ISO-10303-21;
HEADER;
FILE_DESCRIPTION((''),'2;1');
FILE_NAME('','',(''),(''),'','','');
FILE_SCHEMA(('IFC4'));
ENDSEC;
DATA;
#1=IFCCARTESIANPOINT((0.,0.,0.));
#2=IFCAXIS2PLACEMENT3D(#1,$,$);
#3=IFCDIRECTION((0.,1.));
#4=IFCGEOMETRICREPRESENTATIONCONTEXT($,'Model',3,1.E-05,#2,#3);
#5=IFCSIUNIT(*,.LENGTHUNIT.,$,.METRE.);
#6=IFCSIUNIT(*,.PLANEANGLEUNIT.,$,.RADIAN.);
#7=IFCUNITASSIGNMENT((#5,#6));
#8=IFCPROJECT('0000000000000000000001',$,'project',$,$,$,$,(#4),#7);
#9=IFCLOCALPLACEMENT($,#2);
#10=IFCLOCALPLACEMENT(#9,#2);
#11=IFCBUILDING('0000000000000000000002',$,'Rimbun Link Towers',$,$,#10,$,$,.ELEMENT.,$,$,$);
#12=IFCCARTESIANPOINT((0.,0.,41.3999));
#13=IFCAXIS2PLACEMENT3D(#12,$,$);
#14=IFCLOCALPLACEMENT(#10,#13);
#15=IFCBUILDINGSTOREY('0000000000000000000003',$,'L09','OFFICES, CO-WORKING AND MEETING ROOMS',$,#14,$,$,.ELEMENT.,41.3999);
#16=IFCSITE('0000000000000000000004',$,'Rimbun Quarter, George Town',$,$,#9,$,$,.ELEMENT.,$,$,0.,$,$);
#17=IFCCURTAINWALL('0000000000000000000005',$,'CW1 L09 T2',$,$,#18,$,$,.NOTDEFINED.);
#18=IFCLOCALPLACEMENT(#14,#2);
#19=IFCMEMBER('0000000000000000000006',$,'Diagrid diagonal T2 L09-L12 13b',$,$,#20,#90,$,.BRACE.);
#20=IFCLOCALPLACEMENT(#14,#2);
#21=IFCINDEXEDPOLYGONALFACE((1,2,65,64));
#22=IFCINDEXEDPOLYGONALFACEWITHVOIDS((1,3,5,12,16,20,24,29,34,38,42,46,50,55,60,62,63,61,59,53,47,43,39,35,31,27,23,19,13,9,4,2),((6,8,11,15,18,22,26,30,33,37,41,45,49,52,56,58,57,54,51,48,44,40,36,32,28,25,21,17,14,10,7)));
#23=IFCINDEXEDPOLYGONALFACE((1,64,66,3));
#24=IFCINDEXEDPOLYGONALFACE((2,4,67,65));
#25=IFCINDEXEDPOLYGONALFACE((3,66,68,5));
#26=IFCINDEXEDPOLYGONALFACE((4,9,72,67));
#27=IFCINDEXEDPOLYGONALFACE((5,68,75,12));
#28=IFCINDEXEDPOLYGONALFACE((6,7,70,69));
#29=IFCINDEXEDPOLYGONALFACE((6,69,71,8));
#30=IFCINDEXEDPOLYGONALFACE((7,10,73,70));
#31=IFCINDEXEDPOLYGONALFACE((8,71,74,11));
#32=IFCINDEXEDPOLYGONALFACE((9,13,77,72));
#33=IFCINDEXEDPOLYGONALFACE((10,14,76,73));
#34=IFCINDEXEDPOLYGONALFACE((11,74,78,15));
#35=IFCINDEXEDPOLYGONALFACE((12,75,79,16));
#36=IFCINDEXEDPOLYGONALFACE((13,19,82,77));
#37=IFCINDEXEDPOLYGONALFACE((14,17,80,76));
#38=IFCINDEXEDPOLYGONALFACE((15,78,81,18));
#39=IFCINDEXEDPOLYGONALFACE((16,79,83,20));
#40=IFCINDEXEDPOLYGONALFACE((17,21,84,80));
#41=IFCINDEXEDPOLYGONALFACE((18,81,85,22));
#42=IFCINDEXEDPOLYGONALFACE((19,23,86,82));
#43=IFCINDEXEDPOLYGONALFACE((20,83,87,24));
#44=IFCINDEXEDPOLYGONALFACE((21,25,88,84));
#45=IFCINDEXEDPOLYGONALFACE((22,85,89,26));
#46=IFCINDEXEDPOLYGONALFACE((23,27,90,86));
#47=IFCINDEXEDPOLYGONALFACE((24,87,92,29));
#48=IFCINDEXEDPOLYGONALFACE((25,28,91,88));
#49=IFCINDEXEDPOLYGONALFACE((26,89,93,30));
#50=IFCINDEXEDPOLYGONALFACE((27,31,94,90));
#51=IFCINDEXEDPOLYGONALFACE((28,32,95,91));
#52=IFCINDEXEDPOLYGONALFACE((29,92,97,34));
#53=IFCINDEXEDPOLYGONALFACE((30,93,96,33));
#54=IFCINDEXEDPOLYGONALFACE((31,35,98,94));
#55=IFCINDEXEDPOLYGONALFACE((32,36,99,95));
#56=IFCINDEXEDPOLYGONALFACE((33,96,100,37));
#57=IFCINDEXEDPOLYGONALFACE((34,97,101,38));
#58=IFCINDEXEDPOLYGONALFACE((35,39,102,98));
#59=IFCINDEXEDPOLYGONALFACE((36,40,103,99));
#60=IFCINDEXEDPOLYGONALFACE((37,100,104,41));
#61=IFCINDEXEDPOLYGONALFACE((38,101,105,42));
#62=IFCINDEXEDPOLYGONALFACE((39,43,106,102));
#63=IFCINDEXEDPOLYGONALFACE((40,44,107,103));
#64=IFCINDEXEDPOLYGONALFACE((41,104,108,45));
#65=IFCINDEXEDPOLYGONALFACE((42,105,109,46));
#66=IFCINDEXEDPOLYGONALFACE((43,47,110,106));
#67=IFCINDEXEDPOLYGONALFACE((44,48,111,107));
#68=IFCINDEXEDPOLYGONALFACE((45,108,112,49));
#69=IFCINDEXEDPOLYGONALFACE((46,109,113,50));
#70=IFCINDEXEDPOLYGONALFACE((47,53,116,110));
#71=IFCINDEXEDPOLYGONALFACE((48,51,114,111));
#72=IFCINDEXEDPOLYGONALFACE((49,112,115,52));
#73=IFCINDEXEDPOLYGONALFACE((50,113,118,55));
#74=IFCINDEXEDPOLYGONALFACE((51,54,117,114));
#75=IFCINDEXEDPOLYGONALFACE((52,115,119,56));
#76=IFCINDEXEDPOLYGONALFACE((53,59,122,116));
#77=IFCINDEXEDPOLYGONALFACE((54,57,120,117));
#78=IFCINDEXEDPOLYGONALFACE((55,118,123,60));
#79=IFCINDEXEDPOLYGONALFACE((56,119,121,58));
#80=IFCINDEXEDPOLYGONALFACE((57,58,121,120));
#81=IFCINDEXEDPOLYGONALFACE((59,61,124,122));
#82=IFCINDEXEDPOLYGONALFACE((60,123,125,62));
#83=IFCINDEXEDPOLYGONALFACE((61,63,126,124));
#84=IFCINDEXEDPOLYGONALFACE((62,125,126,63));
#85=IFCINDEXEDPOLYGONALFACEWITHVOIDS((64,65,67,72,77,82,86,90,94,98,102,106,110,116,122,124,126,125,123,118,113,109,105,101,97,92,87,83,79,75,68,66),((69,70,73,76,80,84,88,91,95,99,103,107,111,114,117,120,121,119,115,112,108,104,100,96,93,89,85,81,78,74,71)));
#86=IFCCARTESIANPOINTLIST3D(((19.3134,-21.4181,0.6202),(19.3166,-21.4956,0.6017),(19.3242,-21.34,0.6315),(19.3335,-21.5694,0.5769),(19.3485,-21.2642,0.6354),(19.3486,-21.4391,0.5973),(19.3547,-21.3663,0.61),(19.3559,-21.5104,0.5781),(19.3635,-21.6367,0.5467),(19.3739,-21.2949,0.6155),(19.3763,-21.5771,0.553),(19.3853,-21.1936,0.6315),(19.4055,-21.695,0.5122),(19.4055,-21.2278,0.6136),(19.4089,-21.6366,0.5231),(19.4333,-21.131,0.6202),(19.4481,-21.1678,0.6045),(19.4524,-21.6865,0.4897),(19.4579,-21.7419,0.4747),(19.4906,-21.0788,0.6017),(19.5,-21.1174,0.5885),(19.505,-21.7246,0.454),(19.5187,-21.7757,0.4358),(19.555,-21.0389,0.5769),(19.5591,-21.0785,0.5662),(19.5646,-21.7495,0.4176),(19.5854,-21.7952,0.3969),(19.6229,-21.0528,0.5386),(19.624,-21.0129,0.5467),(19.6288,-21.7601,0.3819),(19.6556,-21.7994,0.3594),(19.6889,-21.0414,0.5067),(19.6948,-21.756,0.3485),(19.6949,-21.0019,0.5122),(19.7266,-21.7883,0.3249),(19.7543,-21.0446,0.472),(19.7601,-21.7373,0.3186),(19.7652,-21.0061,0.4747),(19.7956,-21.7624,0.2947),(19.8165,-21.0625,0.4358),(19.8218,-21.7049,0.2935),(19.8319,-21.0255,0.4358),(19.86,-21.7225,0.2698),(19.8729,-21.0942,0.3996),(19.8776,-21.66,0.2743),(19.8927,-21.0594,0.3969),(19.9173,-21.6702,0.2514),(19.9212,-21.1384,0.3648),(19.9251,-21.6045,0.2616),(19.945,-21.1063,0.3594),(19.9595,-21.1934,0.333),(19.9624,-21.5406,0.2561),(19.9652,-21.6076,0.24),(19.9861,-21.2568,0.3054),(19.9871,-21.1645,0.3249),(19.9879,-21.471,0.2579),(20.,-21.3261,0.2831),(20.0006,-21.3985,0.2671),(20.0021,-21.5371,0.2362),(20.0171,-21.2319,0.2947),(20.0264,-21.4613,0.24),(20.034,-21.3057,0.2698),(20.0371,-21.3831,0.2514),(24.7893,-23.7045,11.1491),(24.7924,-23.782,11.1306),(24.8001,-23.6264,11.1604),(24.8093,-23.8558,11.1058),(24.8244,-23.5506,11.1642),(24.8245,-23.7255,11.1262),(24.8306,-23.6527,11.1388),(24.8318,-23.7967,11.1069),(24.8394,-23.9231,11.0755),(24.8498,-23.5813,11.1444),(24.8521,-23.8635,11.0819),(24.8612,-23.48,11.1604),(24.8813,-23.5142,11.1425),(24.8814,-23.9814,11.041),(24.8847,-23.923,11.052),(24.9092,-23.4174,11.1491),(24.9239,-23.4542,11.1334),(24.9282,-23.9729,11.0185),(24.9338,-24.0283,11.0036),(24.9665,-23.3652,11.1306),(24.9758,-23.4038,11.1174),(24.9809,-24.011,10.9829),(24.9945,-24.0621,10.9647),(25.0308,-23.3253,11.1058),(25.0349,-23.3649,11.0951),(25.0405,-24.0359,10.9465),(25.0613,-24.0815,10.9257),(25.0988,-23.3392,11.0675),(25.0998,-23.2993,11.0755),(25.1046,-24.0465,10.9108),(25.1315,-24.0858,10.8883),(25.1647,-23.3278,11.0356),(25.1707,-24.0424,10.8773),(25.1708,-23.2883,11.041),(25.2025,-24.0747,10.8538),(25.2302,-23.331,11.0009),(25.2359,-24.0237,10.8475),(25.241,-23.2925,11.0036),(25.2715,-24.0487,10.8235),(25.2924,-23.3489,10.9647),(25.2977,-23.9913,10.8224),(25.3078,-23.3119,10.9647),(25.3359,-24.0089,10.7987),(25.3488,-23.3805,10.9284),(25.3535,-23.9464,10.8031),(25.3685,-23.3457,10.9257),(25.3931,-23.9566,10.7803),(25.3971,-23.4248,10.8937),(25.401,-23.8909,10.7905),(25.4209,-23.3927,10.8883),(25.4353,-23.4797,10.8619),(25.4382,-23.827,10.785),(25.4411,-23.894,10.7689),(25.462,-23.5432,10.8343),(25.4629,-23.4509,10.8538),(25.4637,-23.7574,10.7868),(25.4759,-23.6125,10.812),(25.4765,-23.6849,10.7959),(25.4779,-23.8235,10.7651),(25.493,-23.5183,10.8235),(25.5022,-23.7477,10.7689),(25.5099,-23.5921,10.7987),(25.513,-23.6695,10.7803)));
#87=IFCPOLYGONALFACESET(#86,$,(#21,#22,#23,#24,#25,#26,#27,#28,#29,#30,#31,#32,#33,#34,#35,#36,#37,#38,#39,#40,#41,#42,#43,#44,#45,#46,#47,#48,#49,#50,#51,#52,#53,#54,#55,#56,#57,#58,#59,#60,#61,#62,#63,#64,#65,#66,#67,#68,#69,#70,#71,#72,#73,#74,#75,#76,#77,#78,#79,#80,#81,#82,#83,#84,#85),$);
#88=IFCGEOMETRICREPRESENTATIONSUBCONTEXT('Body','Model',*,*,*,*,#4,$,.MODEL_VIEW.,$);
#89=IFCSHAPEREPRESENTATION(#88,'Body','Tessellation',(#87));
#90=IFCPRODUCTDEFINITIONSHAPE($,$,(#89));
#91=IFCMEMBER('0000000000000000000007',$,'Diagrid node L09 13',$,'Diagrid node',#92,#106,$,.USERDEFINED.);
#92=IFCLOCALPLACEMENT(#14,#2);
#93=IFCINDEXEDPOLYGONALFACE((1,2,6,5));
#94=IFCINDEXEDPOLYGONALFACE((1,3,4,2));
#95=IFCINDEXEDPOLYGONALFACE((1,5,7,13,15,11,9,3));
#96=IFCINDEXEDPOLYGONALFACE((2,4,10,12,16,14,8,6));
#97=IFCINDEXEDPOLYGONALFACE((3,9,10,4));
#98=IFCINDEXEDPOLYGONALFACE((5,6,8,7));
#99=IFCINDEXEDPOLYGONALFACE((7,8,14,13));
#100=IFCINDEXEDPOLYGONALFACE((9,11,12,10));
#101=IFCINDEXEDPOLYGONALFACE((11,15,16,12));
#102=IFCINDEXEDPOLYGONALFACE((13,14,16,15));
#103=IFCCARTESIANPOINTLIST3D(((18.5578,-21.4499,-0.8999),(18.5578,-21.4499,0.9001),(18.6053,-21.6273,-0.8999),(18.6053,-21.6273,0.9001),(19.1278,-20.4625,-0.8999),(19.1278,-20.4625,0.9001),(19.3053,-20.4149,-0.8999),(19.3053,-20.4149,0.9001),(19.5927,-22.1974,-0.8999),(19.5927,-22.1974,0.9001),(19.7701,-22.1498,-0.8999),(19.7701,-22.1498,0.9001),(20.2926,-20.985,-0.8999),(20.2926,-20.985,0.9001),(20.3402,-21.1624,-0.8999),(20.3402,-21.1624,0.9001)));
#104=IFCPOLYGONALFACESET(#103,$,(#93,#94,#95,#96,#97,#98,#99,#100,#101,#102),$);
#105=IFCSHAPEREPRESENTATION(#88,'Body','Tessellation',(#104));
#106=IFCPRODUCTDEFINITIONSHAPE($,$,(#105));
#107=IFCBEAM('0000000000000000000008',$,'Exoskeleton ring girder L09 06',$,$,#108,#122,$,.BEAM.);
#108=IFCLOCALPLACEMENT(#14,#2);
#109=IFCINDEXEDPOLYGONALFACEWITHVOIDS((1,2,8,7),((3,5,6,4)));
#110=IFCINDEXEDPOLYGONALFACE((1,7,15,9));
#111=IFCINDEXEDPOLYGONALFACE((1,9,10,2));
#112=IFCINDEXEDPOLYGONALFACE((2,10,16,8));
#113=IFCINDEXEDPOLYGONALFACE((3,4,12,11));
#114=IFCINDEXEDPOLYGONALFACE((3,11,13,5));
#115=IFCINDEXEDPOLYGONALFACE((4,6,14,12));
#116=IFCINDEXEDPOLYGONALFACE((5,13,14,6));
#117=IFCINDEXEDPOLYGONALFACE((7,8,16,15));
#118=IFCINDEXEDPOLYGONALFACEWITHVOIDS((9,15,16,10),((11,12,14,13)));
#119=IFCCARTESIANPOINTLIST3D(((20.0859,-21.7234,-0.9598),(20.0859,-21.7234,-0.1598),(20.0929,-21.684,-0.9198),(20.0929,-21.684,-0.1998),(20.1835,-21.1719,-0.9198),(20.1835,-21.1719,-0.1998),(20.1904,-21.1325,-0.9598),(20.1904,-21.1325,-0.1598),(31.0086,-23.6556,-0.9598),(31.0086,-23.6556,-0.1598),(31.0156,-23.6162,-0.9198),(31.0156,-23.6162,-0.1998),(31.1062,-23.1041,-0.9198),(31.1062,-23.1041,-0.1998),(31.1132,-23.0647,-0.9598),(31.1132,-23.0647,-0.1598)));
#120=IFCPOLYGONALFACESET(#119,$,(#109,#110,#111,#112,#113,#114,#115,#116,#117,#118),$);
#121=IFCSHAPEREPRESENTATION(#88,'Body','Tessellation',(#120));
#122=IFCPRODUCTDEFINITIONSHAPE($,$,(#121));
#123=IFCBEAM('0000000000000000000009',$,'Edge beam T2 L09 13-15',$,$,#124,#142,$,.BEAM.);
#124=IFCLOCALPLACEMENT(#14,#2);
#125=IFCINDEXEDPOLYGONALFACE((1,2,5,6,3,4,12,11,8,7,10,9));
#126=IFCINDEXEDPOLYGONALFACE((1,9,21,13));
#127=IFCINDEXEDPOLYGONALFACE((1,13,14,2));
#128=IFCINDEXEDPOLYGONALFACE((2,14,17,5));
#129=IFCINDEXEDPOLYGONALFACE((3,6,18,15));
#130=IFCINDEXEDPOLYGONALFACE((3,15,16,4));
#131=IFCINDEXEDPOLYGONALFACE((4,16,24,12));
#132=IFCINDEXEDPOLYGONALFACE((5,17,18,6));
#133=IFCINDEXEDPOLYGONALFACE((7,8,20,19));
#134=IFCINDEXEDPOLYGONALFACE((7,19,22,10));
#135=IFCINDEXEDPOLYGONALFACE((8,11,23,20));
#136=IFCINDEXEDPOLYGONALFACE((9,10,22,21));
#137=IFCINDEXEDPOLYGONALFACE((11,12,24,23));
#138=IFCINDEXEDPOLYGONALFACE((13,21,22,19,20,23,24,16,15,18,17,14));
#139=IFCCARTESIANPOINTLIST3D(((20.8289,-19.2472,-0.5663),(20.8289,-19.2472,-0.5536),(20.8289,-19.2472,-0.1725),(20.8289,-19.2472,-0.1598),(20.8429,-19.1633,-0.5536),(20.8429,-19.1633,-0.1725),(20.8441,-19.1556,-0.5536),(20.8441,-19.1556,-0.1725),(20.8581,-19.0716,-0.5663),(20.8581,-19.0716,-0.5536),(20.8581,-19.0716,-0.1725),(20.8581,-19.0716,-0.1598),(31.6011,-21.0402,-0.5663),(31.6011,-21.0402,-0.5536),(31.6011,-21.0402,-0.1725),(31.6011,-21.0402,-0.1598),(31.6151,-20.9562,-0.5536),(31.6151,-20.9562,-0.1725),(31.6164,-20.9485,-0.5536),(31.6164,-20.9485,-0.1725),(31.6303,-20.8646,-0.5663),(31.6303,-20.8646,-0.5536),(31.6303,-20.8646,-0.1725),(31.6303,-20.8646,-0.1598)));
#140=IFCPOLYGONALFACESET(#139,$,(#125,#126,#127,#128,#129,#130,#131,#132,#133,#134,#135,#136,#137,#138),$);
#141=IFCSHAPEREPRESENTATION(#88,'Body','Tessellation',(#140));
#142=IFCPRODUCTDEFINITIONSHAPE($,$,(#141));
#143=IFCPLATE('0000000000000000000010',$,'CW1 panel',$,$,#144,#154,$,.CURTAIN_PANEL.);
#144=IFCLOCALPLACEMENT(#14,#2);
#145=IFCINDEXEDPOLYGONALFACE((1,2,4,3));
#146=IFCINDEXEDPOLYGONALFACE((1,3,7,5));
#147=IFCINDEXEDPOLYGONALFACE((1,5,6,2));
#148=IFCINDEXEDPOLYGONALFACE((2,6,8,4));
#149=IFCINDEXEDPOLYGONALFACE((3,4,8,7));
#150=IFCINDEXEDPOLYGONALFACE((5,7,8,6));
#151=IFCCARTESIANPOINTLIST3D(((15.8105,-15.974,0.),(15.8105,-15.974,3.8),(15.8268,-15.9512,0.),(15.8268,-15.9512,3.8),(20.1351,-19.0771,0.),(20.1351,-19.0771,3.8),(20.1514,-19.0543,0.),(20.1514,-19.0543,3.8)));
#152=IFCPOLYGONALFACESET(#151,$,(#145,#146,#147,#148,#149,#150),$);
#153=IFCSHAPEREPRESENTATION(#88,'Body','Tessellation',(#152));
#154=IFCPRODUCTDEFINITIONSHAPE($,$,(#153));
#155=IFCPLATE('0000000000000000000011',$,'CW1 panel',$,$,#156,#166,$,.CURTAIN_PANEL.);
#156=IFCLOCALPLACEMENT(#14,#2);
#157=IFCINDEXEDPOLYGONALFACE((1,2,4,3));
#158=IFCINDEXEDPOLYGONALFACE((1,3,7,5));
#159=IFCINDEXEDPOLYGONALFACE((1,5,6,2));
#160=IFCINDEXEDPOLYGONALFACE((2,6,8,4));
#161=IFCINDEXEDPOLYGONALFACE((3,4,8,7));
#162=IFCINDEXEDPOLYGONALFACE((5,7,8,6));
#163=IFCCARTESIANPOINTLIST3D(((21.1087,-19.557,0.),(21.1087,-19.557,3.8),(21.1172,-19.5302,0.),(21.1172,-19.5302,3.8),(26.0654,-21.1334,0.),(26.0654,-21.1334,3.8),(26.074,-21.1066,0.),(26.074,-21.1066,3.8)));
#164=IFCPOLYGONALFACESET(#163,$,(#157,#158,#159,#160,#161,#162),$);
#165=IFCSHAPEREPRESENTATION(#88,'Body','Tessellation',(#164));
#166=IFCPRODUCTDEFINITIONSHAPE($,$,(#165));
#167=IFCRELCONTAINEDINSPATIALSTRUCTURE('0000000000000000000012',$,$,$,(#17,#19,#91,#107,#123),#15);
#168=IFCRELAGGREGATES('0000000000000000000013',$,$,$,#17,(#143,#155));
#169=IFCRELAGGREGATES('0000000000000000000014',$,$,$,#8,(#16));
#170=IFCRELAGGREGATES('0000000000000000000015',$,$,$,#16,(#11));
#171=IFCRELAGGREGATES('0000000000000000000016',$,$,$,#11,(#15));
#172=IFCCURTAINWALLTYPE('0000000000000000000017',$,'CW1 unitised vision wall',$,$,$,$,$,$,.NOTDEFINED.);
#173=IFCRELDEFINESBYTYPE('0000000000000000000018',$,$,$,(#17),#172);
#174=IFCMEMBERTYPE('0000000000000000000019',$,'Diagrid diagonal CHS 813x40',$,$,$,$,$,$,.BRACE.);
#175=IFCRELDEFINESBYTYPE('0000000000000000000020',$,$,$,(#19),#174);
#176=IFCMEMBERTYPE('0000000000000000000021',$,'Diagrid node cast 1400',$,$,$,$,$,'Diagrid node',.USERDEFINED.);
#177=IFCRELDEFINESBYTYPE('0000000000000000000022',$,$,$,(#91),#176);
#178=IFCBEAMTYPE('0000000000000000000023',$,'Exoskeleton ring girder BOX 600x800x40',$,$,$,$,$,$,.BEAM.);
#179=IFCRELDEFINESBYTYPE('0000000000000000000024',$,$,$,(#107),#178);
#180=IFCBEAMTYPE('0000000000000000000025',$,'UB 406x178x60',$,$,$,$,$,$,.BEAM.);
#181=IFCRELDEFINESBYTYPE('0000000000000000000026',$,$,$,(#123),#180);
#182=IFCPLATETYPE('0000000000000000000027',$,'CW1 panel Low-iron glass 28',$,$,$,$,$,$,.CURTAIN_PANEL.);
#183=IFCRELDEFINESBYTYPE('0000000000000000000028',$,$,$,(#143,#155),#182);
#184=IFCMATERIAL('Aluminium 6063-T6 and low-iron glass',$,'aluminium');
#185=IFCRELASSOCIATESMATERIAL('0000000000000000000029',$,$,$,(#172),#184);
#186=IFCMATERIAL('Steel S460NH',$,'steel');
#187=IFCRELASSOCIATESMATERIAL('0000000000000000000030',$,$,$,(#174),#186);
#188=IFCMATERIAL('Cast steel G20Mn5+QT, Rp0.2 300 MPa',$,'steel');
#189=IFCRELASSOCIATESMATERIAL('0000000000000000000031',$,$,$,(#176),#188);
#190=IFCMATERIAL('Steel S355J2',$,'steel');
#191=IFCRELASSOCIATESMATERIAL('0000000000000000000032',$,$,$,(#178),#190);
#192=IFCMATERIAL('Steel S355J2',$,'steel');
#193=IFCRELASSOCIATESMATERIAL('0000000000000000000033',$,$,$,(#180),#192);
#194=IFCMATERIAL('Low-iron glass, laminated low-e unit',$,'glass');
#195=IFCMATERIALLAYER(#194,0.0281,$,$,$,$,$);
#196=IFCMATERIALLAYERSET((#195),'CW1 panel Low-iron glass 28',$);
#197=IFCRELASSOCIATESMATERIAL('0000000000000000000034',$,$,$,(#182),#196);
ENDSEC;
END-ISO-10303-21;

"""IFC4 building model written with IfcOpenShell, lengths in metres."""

from ifc_helpers import new_model, si_unit, direction, frame, origin, origin_2d, place, context, subcontext, project, spatial, polyline, rectangle, hollow_rectangle, hollow_circle, i_section, outline, extrude, material, layer, layer_set, material_profile, profile_set, type_object, element, aggregate, save


model = new_model("IFC4")

# Units and contexts
model_context = context("Model", 3, precision=1e-05, world=origin(), true_north=direction((0.0, 1.0)))
body_context = subcontext(model_context, "Body", "Model", "MODEL_VIEW")
ifc_project = project(units=[si_unit("LENGTHUNIT", "METRE"), si_unit("PLANEANGLEUNIT", "RADIAN")], contexts=[model_context])

# Site, building, storey
site_placement = place(None, origin())
site = spatial("IfcSite", under=ifc_project, at=site_placement, Name="Rimbun Quarter, George Town", CompositionType="ELEMENT", RefElevation=0.0)
building_placement = place(site_placement, origin())
building = spatial("IfcBuilding", under=site, at=building_placement, Name="Rimbun Link Towers", CompositionType="ELEMENT")
storey_placement = place(building_placement, frame((0.0, 0.0, 41.3999)))
storey = spatial("IfcBuildingStorey", under=building, at=storey_placement, Name="L09", Description="OFFICES, CO-WORKING AND MEETING ROOMS", CompositionType="ELEMENT", Elevation=41.3999)

# Curtain wall
ifc_material_1 = material(Name="Aluminium 6063-T6 and low-iron glass", Category="aluminium")
curtain_wall_type = type_object("IfcCurtainWallType", Name="CW1 unitised vision wall", PredefinedType="NOTDEFINED", material=ifc_material_1)
curtain_wall_placement = place(storey_placement, origin())
curtain_wall = element("IfcCurtainWall", 1, at=curtain_wall_placement, inside=storey, type_object=curtain_wall_type, Name="CW1 L09 T2", PredefinedType="NOTDEFINED")

# Members
ifc_material_2 = material(Name="Steel S460NH", Category="steel")
ifc_material_profile_1 = material_profile(ifc_material_2, hollow_circle(Radius=0.4065, WallThickness=0.04, at=origin_2d()), Name="Diagrid diagonal CHS 813x40")
ifc_profile_set_1 = profile_set([ifc_material_profile_1], Name="Steel S460NH")
member_type_1 = type_object("IfcMemberType", Name="Diagrid diagonal CHS 813x40", PredefinedType="BRACE", material=ifc_profile_set_1)
member_1_placement = place(storey_placement, frame((19.6753, -21.4006, 0.4358), z_axis=(0.453077, -0.189178, 0.871167), x_axis=(0.385302, 0.922791, 0.0)))
element("IfcMember", 2, at=member_1_placement, inside=storey, type_object=member_type_1, Name="Diagrid diagonal T2 L09-L12 13b", PredefinedType="BRACE", context=body_context, shape_type="SweptSolid", body=[
    extrude(hollow_circle(Radius=0.4065, WallThickness=0.04, at=origin_2d()), origin(), (0.0, 0.0, 1.0), 12.0859),
])
ifc_material_3 = material(Name="Cast steel G20Mn5+QT, Rp0.2 300 MPa", Category="steel")
ifc_material_profile_2 = material_profile(ifc_material_3, outline(polyline([(0.7, -0.5701), (0.7, 0.5701), (0.5701, 0.7), (-0.5701, 0.7), (-0.7, 0.5701), (-0.7, -0.5701), (-0.5701, -0.7), (0.5701, -0.7), (0.7, -0.5701)])), Name="NODE 1400x1400")
ifc_profile_set_2 = profile_set([ifc_material_profile_2], Name="Cast steel G20Mn5+QT, Rp0.2 300 MPa")
member_type_2 = type_object("IfcMemberType", Name="Diagrid node cast 1400", ElementType="Diagrid node", PredefinedType="USERDEFINED", material=ifc_profile_set_2)
member_2_placement = place(storey_placement, frame((19.449, -21.3062, -0.8999), z_axis=(0.0, 0.0, 1.0), x_axis=(-0.5, -0.866025, 0.0)))
element("IfcMember", 3, at=member_2_placement, inside=storey, type_object=member_type_2, Name="Diagrid node L09 13", ObjectType="Diagrid node", PredefinedType="USERDEFINED", context=body_context, shape_type="SweptSolid", body=[
    extrude(outline(polyline([(0.7, -0.5701), (0.7, 0.5701), (0.5701, 0.7), (-0.5701, 0.7), (-0.7, 0.5701), (-0.7, -0.5701), (-0.5701, -0.7), (0.5701, -0.7), (0.7, -0.5701)])), origin(), (0.0, 0.0, 1.0), 1.8),
])

# Beams
ifc_material_4 = material(Name="Steel S355J2", Category="steel")
ifc_material_profile_3 = material_profile(ifc_material_4, hollow_rectangle(XDim=0.6001, YDim=0.8, WallThickness=0.04, at=origin_2d()), Name="Exoskeleton ring girder BOX 600x800x40")
ifc_profile_set_3 = profile_set([ifc_material_profile_3], Name="Steel S355J2")
beam_type_1 = type_object("IfcBeamType", Name="Exoskeleton ring girder BOX 600x800x40", PredefinedType="BEAM", material=ifc_profile_set_3)
beam_1_placement = place(storey_placement, frame((20.1382, -21.428, -0.5598), z_axis=(0.984712, -0.174188, 0.0), x_axis=(0.174188, 0.984712, 0.0)))
element("IfcBeam", 4, at=beam_1_placement, inside=storey, type_object=beam_type_1, Name="Exoskeleton ring girder L09 06", PredefinedType="BEAM", context=body_context, shape_type="SweptSolid", body=[
    extrude(hollow_rectangle(XDim=0.6001, YDim=0.8, WallThickness=0.04, at=origin_2d()), origin(), (0.0, 0.0, 1.0), 11.0923),
])
ifc_material_5 = material(Name="Steel S355J2", Category="steel")
ifc_material_profile_4 = material_profile(ifc_material_5, i_section(OverallWidth=0.178, OverallDepth=0.4065, WebThickness=0.0078, FlangeThickness=0.0127, at=origin_2d()), Name="UB 406x178x60")
ifc_profile_set_4 = profile_set([ifc_material_profile_4], Name="Steel S355J2")
beam_type_2 = type_object("IfcBeamType", Name="UB 406x178x60", PredefinedType="BEAM", material=ifc_profile_set_4)
beam_2_placement = place(storey_placement, frame((20.8435, -19.1594, -0.363), z_axis=(0.98643, -0.164185, 0.0), x_axis=(0.164185, 0.98643, 0.0)))
element("IfcBeam", 5, at=beam_2_placement, inside=storey, type_object=beam_type_2, Name="Edge beam T2 L09 13-15", PredefinedType="BEAM", context=body_context, shape_type="SweptSolid", body=[
    extrude(i_section(OverallWidth=0.178, OverallDepth=0.4065, WebThickness=0.0078, FlangeThickness=0.0127, at=origin_2d()), origin(), (0.0, 0.0, 1.0), 10.9204),
])

# Plates
ifc_material_6 = material(Name="Low-iron glass, laminated low-e unit", Category="glass")
ifc_layer = layer(ifc_material_6, 0.0281)
ifc_layer_set = layer_set([ifc_layer], Name="CW1 panel Low-iron glass 28")
plate_type = type_object("IfcPlateType", Name="CW1 panel Low-iron glass 28", PredefinedType="CURTAIN_PANEL", material=ifc_layer_set)
plate_1_placement = place(storey_placement, frame((17.981, -17.5142, 0.0), z_axis=(0.0, 0.0, 1.0), x_axis=(-0.812475, 0.582996, 0.0)))
plate_1 = element("IfcPlate", 6, at=plate_1_placement, type_object=plate_type, Name="CW1 panel", PredefinedType="CURTAIN_PANEL", context=body_context, shape_type="SweptSolid", body=[
    extrude(rectangle(XDim=5.3228, YDim=0.0281, at=origin_2d()), origin(), (0.0, 0.0, 1.0), 3.8),
])
plate_2_placement = place(storey_placement, frame((23.5913, -20.3318, 0.0), z_axis=(0.0, 0.0, 1.0), x_axis=(-0.952968, 0.303071, 0.0)))
plate_2 = element("IfcPlate", 7, at=plate_2_placement, type_object=plate_type, Name="CW1 panel", PredefinedType="CURTAIN_PANEL", context=body_context, shape_type="SweptSolid", body=[
    extrude(rectangle(XDim=5.2014, YDim=0.0281, at=origin_2d()), origin(), (0.0, 0.0, 1.0), 3.8),
])
aggregate(curtain_wall, [plate_1, plate_2])

save(model, "model.ifc")
